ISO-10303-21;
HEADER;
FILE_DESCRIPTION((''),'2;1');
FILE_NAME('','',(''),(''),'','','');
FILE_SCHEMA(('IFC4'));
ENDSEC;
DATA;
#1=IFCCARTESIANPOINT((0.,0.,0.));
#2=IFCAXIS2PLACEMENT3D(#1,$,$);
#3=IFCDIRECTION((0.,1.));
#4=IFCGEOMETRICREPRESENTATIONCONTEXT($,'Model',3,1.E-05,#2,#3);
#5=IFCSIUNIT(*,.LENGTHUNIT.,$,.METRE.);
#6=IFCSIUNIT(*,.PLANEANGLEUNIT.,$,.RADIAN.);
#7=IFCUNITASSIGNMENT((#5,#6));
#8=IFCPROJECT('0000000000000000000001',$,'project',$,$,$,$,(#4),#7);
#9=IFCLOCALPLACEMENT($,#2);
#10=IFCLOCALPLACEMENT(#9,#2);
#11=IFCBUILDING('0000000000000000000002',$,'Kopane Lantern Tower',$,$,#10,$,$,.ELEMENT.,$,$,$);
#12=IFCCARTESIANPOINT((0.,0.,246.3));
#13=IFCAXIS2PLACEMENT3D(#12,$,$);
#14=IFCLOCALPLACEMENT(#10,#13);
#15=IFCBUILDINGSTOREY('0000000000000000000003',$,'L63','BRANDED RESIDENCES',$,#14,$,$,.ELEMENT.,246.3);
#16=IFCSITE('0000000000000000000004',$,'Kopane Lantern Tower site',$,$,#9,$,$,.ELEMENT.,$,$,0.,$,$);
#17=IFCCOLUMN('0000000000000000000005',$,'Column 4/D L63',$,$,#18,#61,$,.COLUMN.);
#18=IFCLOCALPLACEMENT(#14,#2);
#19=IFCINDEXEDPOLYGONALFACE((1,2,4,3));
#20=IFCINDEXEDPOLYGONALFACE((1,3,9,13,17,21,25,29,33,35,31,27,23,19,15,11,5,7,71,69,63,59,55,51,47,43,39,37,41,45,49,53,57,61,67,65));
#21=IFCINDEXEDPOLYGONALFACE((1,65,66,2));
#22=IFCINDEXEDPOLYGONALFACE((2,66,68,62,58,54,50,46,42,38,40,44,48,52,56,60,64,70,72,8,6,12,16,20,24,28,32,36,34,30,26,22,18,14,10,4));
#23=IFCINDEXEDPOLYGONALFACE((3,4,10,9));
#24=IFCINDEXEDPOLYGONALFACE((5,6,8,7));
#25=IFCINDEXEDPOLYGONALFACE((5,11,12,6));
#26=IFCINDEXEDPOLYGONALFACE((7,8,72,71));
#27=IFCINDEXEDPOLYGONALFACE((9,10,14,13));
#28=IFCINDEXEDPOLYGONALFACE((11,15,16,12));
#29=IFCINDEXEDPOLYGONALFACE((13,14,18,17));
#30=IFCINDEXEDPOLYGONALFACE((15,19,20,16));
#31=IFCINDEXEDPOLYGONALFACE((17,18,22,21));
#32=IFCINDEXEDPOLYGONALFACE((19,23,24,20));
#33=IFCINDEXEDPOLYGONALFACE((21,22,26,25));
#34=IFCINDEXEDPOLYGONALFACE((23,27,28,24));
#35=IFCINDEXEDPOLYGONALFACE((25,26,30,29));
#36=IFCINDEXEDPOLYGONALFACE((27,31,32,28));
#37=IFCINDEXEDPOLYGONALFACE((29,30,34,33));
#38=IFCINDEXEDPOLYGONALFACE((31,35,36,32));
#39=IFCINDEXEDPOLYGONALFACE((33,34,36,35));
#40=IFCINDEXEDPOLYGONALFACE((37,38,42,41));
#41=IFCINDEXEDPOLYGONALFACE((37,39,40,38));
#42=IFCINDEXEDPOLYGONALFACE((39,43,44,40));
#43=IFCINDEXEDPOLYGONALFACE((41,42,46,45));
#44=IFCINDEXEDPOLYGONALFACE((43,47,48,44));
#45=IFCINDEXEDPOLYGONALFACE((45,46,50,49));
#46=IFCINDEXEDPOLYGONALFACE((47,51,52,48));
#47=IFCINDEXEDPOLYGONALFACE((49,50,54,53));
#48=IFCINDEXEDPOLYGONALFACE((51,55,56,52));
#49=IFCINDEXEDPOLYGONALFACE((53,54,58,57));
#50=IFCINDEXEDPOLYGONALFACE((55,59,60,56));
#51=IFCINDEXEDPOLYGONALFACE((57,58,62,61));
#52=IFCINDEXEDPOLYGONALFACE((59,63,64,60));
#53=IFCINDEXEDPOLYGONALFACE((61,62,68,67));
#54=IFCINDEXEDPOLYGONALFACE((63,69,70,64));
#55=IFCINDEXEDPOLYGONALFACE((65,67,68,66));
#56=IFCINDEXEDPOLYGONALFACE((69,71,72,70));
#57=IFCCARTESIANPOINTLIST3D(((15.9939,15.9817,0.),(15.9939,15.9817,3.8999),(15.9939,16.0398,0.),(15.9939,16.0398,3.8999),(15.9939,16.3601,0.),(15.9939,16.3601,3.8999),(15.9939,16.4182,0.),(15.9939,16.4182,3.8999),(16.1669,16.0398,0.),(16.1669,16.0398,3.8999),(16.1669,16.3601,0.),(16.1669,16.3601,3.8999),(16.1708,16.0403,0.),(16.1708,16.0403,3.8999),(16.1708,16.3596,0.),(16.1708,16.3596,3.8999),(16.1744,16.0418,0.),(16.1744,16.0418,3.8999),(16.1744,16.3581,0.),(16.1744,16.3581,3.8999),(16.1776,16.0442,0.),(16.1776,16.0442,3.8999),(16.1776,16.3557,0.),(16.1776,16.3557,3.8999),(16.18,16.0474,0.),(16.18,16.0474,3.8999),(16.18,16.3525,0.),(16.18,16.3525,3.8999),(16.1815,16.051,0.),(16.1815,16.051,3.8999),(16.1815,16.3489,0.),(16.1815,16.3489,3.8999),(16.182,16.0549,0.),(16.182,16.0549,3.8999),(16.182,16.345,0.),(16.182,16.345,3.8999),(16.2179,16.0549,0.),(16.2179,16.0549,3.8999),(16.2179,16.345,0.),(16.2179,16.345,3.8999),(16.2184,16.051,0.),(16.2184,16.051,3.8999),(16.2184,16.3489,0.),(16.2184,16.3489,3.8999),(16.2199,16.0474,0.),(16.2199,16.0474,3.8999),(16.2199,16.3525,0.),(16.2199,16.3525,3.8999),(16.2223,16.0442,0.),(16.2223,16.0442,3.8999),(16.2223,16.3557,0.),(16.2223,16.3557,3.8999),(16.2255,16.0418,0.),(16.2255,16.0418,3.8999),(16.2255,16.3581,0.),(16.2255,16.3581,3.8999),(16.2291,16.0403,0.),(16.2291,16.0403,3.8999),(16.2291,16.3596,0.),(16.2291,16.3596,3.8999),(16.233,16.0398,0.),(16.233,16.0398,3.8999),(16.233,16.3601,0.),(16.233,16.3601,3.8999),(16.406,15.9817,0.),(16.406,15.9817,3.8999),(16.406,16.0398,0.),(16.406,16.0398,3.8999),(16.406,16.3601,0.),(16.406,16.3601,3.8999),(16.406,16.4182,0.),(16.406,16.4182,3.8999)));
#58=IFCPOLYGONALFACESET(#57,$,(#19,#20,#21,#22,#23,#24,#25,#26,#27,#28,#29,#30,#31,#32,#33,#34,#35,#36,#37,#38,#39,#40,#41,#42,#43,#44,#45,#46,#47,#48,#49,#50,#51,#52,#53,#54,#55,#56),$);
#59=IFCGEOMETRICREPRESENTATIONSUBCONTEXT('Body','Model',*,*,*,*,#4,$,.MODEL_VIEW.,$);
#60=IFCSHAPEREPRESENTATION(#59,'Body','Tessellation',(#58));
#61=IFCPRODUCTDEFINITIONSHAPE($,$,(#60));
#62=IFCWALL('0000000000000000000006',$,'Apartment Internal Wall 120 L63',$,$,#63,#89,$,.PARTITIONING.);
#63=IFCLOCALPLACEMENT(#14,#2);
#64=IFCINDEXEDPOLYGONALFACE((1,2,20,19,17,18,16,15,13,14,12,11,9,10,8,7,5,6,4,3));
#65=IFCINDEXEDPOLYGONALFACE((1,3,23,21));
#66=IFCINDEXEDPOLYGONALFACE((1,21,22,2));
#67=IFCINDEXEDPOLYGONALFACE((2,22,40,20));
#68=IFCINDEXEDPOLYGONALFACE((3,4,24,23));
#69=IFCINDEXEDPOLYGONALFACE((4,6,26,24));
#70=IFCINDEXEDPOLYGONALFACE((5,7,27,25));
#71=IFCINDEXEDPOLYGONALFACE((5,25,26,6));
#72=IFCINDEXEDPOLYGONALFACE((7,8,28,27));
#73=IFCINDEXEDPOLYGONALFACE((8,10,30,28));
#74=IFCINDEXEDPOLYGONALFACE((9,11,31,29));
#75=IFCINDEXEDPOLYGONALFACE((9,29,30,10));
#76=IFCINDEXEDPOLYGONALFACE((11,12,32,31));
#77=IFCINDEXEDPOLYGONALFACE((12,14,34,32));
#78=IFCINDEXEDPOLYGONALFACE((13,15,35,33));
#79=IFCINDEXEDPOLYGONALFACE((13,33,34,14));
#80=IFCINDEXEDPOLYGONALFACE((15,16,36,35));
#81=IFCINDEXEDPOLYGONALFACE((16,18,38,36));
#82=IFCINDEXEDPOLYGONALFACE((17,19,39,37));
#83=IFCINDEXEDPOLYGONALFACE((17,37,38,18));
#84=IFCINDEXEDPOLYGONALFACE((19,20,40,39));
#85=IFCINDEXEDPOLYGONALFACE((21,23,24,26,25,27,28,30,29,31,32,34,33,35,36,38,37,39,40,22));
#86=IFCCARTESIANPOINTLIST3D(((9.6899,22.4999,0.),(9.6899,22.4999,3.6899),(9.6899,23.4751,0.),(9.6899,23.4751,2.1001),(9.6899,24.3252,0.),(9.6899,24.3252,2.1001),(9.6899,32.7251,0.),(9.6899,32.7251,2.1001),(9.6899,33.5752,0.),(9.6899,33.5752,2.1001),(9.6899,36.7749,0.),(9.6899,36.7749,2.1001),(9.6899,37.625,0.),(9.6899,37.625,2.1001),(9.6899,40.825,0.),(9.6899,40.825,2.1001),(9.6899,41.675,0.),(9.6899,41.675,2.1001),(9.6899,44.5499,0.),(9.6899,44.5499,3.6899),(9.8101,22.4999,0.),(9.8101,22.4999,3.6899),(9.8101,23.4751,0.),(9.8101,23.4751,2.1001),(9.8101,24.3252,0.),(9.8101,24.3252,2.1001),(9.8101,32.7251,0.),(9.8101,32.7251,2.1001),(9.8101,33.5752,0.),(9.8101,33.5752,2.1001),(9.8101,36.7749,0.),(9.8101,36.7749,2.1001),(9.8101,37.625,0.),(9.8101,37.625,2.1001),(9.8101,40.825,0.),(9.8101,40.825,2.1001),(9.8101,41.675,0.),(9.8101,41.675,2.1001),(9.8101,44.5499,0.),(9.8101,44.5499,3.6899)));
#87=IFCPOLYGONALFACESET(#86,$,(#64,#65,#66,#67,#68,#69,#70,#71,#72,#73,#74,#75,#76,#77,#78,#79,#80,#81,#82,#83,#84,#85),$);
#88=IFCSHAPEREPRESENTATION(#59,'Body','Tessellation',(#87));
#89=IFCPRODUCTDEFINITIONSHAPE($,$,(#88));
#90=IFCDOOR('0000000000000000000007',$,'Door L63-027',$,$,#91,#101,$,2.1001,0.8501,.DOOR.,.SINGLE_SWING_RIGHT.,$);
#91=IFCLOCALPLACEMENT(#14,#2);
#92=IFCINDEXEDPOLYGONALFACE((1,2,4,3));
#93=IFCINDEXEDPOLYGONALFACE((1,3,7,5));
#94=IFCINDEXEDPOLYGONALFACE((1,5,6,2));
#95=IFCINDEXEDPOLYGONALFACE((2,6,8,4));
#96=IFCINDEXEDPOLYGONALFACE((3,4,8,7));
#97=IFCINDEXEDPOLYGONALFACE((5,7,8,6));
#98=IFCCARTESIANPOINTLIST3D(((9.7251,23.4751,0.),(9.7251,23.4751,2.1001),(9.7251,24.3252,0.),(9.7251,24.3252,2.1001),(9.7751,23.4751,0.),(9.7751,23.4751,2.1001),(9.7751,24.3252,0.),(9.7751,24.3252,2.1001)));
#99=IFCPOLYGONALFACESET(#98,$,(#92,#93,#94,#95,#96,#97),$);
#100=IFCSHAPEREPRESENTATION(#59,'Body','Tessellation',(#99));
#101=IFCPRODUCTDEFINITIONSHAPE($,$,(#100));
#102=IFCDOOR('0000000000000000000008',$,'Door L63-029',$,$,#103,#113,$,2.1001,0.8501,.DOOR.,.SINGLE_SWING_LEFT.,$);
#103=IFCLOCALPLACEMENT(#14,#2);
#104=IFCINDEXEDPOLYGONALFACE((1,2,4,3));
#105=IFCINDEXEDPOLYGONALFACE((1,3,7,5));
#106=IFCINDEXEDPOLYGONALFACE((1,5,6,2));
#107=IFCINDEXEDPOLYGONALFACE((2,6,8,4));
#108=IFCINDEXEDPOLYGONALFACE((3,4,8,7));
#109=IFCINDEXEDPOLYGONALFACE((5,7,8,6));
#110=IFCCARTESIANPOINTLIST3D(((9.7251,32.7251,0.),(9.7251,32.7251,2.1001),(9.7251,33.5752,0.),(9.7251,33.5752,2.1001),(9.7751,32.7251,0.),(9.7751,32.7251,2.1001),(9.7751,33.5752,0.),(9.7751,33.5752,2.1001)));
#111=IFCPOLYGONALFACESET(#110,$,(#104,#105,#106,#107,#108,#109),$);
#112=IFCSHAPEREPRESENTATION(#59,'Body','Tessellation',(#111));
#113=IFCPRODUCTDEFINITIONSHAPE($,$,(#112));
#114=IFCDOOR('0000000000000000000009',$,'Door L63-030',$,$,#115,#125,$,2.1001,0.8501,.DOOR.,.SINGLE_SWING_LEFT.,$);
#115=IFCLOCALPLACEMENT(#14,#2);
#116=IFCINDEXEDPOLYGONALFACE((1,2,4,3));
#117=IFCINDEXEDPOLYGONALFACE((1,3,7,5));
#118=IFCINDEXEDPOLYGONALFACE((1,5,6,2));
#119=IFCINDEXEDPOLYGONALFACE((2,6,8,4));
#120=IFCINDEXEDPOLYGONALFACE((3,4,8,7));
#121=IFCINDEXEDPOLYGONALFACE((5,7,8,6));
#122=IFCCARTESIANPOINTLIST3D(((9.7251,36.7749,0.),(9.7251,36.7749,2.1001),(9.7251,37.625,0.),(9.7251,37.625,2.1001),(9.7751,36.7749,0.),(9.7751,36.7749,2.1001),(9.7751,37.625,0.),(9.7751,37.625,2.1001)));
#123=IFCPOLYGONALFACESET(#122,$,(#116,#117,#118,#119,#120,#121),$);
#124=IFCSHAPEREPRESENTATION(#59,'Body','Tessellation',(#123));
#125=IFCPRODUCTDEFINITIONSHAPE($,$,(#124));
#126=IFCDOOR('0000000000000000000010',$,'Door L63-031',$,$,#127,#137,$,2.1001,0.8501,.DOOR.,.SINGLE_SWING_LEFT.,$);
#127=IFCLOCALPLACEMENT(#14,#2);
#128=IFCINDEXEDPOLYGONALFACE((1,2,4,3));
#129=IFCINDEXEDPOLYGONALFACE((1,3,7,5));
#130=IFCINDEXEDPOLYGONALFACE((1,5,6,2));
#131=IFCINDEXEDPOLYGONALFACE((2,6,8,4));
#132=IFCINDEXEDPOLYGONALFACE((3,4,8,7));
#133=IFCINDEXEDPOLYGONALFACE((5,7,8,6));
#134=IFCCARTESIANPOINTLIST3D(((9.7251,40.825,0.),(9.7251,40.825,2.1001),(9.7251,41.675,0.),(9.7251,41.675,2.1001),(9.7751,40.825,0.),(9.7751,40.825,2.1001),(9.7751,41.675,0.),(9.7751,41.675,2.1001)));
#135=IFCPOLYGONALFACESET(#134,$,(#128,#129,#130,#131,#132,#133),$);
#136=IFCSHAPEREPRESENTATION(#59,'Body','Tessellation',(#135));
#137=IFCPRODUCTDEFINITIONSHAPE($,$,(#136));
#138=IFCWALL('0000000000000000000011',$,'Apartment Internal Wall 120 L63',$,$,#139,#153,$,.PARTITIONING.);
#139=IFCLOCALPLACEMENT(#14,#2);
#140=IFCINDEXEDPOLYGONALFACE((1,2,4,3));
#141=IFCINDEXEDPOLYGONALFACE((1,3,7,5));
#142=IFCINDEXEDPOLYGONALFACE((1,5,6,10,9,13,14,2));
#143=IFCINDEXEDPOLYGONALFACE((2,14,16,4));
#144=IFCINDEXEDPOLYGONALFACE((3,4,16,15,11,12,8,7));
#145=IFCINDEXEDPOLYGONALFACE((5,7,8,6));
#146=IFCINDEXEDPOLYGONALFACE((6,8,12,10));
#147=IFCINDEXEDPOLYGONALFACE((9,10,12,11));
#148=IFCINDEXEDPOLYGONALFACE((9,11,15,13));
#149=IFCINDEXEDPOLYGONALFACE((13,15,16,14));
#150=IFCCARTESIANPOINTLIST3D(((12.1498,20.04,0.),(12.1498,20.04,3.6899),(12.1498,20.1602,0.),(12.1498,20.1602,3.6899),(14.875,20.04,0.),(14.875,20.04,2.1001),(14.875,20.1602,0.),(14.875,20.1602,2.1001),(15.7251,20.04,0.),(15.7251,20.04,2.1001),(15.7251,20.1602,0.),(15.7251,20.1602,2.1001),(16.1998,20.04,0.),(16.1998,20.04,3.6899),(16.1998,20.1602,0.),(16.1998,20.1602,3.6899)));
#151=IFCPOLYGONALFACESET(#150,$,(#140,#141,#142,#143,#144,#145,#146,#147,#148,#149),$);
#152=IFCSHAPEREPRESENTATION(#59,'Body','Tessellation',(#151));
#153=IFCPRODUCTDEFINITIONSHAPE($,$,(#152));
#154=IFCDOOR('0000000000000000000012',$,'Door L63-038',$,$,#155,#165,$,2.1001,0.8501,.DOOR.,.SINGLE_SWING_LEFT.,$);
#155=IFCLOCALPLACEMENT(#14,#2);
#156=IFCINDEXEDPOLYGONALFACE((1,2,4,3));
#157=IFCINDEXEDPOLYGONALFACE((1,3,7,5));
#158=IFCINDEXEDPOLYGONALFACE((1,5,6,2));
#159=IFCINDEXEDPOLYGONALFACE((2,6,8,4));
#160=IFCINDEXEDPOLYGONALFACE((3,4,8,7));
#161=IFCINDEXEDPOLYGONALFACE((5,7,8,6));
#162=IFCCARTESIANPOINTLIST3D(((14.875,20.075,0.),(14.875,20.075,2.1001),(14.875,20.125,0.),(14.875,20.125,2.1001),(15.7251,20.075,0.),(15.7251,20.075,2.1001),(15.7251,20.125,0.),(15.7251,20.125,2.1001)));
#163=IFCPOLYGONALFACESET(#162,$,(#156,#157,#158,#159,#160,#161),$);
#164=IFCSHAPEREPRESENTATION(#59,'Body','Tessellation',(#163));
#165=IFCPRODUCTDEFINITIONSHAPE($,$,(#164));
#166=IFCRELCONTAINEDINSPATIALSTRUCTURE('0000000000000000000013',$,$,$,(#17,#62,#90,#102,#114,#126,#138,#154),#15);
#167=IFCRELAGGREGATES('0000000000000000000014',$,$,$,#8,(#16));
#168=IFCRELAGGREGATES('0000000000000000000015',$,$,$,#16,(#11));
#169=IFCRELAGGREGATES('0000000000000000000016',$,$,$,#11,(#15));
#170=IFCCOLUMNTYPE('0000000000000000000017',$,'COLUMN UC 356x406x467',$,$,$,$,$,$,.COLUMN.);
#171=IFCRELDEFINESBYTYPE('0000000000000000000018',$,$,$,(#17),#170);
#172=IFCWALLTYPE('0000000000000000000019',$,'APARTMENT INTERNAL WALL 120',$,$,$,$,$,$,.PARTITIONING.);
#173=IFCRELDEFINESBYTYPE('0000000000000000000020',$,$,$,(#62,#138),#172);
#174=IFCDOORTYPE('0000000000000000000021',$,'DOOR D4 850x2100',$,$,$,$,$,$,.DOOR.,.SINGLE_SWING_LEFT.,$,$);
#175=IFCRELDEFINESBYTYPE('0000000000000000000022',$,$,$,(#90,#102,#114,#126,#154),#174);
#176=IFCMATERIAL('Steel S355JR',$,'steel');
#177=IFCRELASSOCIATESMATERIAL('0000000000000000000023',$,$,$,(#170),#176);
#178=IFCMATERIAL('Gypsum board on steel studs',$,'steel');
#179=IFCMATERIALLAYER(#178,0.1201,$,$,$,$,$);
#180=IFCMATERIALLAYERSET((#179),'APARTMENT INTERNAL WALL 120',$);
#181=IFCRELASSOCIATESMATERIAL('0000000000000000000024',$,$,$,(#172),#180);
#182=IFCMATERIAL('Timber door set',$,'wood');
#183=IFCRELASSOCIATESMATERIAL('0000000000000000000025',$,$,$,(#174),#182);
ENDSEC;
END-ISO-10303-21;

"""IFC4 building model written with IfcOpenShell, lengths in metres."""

from ifc_helpers import new_model, si_unit, direction, frame, frame_2d, origin, origin_2d, place, context, subcontext, project, spatial, rectangle, i_section, extrude, material, layer, layer_set, material_profile, profile_set, type_object, element, fill, save


model = new_model("IFC4")

# Units and contexts
model_context = context("Model", 3, precision=1e-05, world=origin(), true_north=direction((0.0, 1.0)))
body_context = subcontext(model_context, "Body", "Model", "MODEL_VIEW")
ifc_project = project(units=[si_unit("LENGTHUNIT", "METRE"), si_unit("PLANEANGLEUNIT", "RADIAN")], contexts=[model_context])

# Site, building, storey
site_placement = place(None, origin())
site = spatial("IfcSite", under=ifc_project, at=site_placement, Name="Kopane Lantern Tower site", CompositionType="ELEMENT", RefElevation=0.0)
building_placement = place(site_placement, origin())
building = spatial("IfcBuilding", under=site, at=building_placement, Name="Kopane Lantern Tower", CompositionType="ELEMENT")
storey_placement = place(building_placement, frame((0.0, 0.0, 246.3)))
storey = spatial("IfcBuildingStorey", under=building, at=storey_placement, Name="L63", Description="BRANDED RESIDENCES", CompositionType="ELEMENT", Elevation=246.3)

# Column
ifc_material_1 = material(Name="Steel S355JR", Category="steel")
ifc_material_profile = material_profile(ifc_material_1, i_section(OverallWidth=0.4121, OverallDepth=0.4365, WebThickness=0.0359, FlangeThickness=0.0581, FilletRadius=0.0151, at=origin_2d()), Name="UC 356x406x467")
ifc_profile_set = profile_set([ifc_material_profile], Name="Steel S355JR")
column_type = type_object("IfcColumnType", Name="COLUMN UC 356x406x467", PredefinedType="COLUMN", material=ifc_profile_set)
column_placement = place(storey_placement, frame((16.2, 16.2, 0.0), z_axis=(0.0, 0.0, 1.0), x_axis=(1.0, 0.0, 0.0)))
element("IfcColumn", 1, at=column_placement, inside=storey, type_object=column_type, Name="Column 4/D L63", PredefinedType="COLUMN", context=body_context, shape_type="SweptSolid", body=[
    extrude(i_section(OverallWidth=0.4121, OverallDepth=0.4365, WebThickness=0.0359, FlangeThickness=0.0581, FilletRadius=0.0151, at=origin_2d()), origin(), (0.0, 0.0, 1.0), 3.8999),
])

# Wall, openings, doors
ifc_material_2 = material(Name="Gypsum board on steel studs", Category="steel")
ifc_layer_1 = layer(ifc_material_2, 0.1201)
ifc_layer_set_1 = layer_set([ifc_layer_1], Name="APARTMENT INTERNAL WALL 120")
wall_type_1 = type_object("IfcWallType", Name="APARTMENT INTERNAL WALL 120", PredefinedType="PARTITIONING", material=ifc_layer_set_1)
wall_1_placement = place(storey_placement, frame((9.75, 22.5, 0.0), z_axis=(0.0, 0.0, 1.0), x_axis=(0.0, 1.0, 0.0)))
wall_1 = element("IfcWall", 2, at=wall_1_placement, inside=storey, type_object=wall_type_1, Name="Apartment Internal Wall 120 L63", PredefinedType="PARTITIONING", context=body_context, shape_type="SweptSolid", body=[
    extrude(rectangle(XDim=22.05, YDim=0.1201, at=frame_2d((11.0249, 0.0))), origin(), (0.0, 0.0, 1.0), 3.6899),
])
opening_1_placement = place(wall_1_placement, frame((0.9751, 0.0, 0.0)))
opening_1 = element("IfcOpeningElement", 3, at=opening_1_placement, cuts=wall_1, PredefinedType="OPENING", context=body_context, shape_type="SweptSolid", body=[
    extrude(rectangle(XDim=0.8501, YDim=2.1001, at=frame_2d((0.425, 1.05))), frame((0.0, 0.0701, 0.0), z_axis=(0.0, -1.0, 0.0), x_axis=(1.0, 0.0, 0.0)), (0.0, 0.0, 1.0), 0.1401),
])
opening_2_placement = place(wall_1_placement, frame((10.2251, 0.0, 0.0)))
opening_2 = element("IfcOpeningElement", 4, at=opening_2_placement, cuts=wall_1, PredefinedType="OPENING", context=body_context, shape_type="SweptSolid", body=[
    extrude(rectangle(XDim=0.8501, YDim=2.1001, at=frame_2d((0.425, 1.05))), frame((0.0, 0.0701, 0.0), z_axis=(0.0, -1.0, 0.0), x_axis=(1.0, 0.0, 0.0)), (0.0, 0.0, 1.0), 0.1401),
])
opening_3_placement = place(wall_1_placement, frame((14.2749, 0.0, 0.0)))
opening_3 = element("IfcOpeningElement", 5, at=opening_3_placement, cuts=wall_1, PredefinedType="OPENING", context=body_context, shape_type="SweptSolid", body=[
    extrude(rectangle(XDim=0.8501, YDim=2.1001, at=frame_2d((0.425, 1.05))), frame((0.0, 0.0701, 0.0), z_axis=(0.0, -1.0, 0.0), x_axis=(1.0, 0.0, 0.0)), (0.0, 0.0, 1.0), 0.1401),
])
opening_4_placement = place(wall_1_placement, frame((18.325, 0.0, 0.0)))
opening_4 = element("IfcOpeningElement", 6, at=opening_4_placement, cuts=wall_1, PredefinedType="OPENING", context=body_context, shape_type="SweptSolid", body=[
    extrude(rectangle(XDim=0.8501, YDim=2.1001, at=frame_2d((0.425, 1.05))), frame((0.0, 0.0701, 0.0), z_axis=(0.0, -1.0, 0.0), x_axis=(1.0, 0.0, 0.0)), (0.0, 0.0, 1.0), 0.1401),
])
ifc_material_3 = material(Name="Timber door set", Category="wood")
door_type = type_object("IfcDoorType", Name="DOOR D4 850x2100", OperationType="SINGLE_SWING_LEFT", PredefinedType="DOOR", material=ifc_material_3)
door_1_placement = place(opening_1_placement, origin())
door_1 = element("IfcDoor", 7, at=door_1_placement, inside=storey, type_object=door_type, Name="Door L63-027", OperationType="SINGLE_SWING_RIGHT", OverallHeight=2.1001, OverallWidth=0.8501, PredefinedType="DOOR", context=body_context, shape_type="SweptSolid", body=[
    extrude(rectangle(XDim=0.8501, YDim=2.1001, at=frame_2d((0.425, 1.05))), frame((0.0, 0.0249, 0.0), z_axis=(0.0, -1.0, 0.0), x_axis=(1.0, 0.0, 0.0)), (0.0, 0.0, 1.0), 0.05),
])
fill(opening_1, door_1)
door_2_placement = place(opening_2_placement, origin())
door_2 = element("IfcDoor", 8, at=door_2_placement, inside=storey, type_object=door_type, Name="Door L63-029", OperationType="SINGLE_SWING_LEFT", OverallHeight=2.1001, OverallWidth=0.8501, PredefinedType="DOOR", context=body_context, shape_type="SweptSolid", body=[
    extrude(rectangle(XDim=0.8501, YDim=2.1001, at=frame_2d((0.425, 1.05))), frame((0.0, 0.0249, 0.0), z_axis=(0.0, -1.0, 0.0), x_axis=(1.0, 0.0, 0.0)), (0.0, 0.0, 1.0), 0.05),
])
fill(opening_2, door_2)
door_3_placement = place(opening_3_placement, origin())
door_3 = element("IfcDoor", 9, at=door_3_placement, inside=storey, type_object=door_type, Name="Door L63-030", OperationType="SINGLE_SWING_LEFT", OverallHeight=2.1001, OverallWidth=0.8501, PredefinedType="DOOR", context=body_context, shape_type="SweptSolid", body=[
    extrude(rectangle(XDim=0.8501, YDim=2.1001, at=frame_2d((0.425, 1.05))), frame((0.0, 0.0249, 0.0), z_axis=(0.0, -1.0, 0.0), x_axis=(1.0, 0.0, 0.0)), (0.0, 0.0, 1.0), 0.05),
])
fill(opening_3, door_3)
door_4_placement = place(opening_4_placement, origin())
door_4 = element("IfcDoor", 10, at=door_4_placement, inside=storey, type_object=door_type, Name="Door L63-031", OperationType="SINGLE_SWING_LEFT", OverallHeight=2.1001, OverallWidth=0.8501, PredefinedType="DOOR", context=body_context, shape_type="SweptSolid", body=[
    extrude(rectangle(XDim=0.8501, YDim=2.1001, at=frame_2d((0.425, 1.05))), frame((0.0, 0.0249, 0.0), z_axis=(0.0, -1.0, 0.0), x_axis=(1.0, 0.0, 0.0)), (0.0, 0.0, 1.0), 0.05),
])
fill(opening_4, door_4)

# Wall, opening, door
wall_2_placement = place(storey_placement, frame((12.1499, 20.1001, 0.0), z_axis=(0.0, 0.0, 1.0), x_axis=(1.0, 0.0, 0.0)))
wall_2 = element("IfcWall", 11, at=wall_2_placement, inside=storey, type_object=wall_type_1, Name="Apartment Internal Wall 120 L63", PredefinedType="PARTITIONING", context=body_context, shape_type="SweptSolid", body=[
    extrude(rectangle(XDim=4.05, YDim=0.1201, at=frame_2d((2.0249, 0.0))), origin(), (0.0, 0.0, 1.0), 3.6899),
])
opening_5_placement = place(wall_2_placement, frame((2.7251, 0.0, 0.0)))
opening_5 = element("IfcOpeningElement", 12, at=opening_5_placement, cuts=wall_2, PredefinedType="OPENING", context=body_context, shape_type="SweptSolid", body=[
    extrude(rectangle(XDim=0.8501, YDim=2.1001, at=frame_2d((0.425, 1.05))), frame((0.0, 0.0701, 0.0), z_axis=(0.0, -1.0, 0.0), x_axis=(1.0, 0.0, 0.0)), (0.0, 0.0, 1.0), 0.1401),
])
door_5_placement = place(opening_5_placement, origin())
door_5 = element("IfcDoor", 13, at=door_5_placement, inside=storey, type_object=door_type, Name="Door L63-038", OperationType="SINGLE_SWING_LEFT", OverallHeight=2.1001, OverallWidth=0.8501, PredefinedType="DOOR", context=body_context, shape_type="SweptSolid", body=[
    extrude(rectangle(XDim=0.8501, YDim=2.1001, at=frame_2d((0.425, 1.05))), frame((0.0, 0.0249, 0.0), z_axis=(0.0, -1.0, 0.0), x_axis=(1.0, 0.0, 0.0)), (0.0, 0.0, 1.0), 0.05),
])
fill(opening_5, door_5)

save(model, "model.ifc")
